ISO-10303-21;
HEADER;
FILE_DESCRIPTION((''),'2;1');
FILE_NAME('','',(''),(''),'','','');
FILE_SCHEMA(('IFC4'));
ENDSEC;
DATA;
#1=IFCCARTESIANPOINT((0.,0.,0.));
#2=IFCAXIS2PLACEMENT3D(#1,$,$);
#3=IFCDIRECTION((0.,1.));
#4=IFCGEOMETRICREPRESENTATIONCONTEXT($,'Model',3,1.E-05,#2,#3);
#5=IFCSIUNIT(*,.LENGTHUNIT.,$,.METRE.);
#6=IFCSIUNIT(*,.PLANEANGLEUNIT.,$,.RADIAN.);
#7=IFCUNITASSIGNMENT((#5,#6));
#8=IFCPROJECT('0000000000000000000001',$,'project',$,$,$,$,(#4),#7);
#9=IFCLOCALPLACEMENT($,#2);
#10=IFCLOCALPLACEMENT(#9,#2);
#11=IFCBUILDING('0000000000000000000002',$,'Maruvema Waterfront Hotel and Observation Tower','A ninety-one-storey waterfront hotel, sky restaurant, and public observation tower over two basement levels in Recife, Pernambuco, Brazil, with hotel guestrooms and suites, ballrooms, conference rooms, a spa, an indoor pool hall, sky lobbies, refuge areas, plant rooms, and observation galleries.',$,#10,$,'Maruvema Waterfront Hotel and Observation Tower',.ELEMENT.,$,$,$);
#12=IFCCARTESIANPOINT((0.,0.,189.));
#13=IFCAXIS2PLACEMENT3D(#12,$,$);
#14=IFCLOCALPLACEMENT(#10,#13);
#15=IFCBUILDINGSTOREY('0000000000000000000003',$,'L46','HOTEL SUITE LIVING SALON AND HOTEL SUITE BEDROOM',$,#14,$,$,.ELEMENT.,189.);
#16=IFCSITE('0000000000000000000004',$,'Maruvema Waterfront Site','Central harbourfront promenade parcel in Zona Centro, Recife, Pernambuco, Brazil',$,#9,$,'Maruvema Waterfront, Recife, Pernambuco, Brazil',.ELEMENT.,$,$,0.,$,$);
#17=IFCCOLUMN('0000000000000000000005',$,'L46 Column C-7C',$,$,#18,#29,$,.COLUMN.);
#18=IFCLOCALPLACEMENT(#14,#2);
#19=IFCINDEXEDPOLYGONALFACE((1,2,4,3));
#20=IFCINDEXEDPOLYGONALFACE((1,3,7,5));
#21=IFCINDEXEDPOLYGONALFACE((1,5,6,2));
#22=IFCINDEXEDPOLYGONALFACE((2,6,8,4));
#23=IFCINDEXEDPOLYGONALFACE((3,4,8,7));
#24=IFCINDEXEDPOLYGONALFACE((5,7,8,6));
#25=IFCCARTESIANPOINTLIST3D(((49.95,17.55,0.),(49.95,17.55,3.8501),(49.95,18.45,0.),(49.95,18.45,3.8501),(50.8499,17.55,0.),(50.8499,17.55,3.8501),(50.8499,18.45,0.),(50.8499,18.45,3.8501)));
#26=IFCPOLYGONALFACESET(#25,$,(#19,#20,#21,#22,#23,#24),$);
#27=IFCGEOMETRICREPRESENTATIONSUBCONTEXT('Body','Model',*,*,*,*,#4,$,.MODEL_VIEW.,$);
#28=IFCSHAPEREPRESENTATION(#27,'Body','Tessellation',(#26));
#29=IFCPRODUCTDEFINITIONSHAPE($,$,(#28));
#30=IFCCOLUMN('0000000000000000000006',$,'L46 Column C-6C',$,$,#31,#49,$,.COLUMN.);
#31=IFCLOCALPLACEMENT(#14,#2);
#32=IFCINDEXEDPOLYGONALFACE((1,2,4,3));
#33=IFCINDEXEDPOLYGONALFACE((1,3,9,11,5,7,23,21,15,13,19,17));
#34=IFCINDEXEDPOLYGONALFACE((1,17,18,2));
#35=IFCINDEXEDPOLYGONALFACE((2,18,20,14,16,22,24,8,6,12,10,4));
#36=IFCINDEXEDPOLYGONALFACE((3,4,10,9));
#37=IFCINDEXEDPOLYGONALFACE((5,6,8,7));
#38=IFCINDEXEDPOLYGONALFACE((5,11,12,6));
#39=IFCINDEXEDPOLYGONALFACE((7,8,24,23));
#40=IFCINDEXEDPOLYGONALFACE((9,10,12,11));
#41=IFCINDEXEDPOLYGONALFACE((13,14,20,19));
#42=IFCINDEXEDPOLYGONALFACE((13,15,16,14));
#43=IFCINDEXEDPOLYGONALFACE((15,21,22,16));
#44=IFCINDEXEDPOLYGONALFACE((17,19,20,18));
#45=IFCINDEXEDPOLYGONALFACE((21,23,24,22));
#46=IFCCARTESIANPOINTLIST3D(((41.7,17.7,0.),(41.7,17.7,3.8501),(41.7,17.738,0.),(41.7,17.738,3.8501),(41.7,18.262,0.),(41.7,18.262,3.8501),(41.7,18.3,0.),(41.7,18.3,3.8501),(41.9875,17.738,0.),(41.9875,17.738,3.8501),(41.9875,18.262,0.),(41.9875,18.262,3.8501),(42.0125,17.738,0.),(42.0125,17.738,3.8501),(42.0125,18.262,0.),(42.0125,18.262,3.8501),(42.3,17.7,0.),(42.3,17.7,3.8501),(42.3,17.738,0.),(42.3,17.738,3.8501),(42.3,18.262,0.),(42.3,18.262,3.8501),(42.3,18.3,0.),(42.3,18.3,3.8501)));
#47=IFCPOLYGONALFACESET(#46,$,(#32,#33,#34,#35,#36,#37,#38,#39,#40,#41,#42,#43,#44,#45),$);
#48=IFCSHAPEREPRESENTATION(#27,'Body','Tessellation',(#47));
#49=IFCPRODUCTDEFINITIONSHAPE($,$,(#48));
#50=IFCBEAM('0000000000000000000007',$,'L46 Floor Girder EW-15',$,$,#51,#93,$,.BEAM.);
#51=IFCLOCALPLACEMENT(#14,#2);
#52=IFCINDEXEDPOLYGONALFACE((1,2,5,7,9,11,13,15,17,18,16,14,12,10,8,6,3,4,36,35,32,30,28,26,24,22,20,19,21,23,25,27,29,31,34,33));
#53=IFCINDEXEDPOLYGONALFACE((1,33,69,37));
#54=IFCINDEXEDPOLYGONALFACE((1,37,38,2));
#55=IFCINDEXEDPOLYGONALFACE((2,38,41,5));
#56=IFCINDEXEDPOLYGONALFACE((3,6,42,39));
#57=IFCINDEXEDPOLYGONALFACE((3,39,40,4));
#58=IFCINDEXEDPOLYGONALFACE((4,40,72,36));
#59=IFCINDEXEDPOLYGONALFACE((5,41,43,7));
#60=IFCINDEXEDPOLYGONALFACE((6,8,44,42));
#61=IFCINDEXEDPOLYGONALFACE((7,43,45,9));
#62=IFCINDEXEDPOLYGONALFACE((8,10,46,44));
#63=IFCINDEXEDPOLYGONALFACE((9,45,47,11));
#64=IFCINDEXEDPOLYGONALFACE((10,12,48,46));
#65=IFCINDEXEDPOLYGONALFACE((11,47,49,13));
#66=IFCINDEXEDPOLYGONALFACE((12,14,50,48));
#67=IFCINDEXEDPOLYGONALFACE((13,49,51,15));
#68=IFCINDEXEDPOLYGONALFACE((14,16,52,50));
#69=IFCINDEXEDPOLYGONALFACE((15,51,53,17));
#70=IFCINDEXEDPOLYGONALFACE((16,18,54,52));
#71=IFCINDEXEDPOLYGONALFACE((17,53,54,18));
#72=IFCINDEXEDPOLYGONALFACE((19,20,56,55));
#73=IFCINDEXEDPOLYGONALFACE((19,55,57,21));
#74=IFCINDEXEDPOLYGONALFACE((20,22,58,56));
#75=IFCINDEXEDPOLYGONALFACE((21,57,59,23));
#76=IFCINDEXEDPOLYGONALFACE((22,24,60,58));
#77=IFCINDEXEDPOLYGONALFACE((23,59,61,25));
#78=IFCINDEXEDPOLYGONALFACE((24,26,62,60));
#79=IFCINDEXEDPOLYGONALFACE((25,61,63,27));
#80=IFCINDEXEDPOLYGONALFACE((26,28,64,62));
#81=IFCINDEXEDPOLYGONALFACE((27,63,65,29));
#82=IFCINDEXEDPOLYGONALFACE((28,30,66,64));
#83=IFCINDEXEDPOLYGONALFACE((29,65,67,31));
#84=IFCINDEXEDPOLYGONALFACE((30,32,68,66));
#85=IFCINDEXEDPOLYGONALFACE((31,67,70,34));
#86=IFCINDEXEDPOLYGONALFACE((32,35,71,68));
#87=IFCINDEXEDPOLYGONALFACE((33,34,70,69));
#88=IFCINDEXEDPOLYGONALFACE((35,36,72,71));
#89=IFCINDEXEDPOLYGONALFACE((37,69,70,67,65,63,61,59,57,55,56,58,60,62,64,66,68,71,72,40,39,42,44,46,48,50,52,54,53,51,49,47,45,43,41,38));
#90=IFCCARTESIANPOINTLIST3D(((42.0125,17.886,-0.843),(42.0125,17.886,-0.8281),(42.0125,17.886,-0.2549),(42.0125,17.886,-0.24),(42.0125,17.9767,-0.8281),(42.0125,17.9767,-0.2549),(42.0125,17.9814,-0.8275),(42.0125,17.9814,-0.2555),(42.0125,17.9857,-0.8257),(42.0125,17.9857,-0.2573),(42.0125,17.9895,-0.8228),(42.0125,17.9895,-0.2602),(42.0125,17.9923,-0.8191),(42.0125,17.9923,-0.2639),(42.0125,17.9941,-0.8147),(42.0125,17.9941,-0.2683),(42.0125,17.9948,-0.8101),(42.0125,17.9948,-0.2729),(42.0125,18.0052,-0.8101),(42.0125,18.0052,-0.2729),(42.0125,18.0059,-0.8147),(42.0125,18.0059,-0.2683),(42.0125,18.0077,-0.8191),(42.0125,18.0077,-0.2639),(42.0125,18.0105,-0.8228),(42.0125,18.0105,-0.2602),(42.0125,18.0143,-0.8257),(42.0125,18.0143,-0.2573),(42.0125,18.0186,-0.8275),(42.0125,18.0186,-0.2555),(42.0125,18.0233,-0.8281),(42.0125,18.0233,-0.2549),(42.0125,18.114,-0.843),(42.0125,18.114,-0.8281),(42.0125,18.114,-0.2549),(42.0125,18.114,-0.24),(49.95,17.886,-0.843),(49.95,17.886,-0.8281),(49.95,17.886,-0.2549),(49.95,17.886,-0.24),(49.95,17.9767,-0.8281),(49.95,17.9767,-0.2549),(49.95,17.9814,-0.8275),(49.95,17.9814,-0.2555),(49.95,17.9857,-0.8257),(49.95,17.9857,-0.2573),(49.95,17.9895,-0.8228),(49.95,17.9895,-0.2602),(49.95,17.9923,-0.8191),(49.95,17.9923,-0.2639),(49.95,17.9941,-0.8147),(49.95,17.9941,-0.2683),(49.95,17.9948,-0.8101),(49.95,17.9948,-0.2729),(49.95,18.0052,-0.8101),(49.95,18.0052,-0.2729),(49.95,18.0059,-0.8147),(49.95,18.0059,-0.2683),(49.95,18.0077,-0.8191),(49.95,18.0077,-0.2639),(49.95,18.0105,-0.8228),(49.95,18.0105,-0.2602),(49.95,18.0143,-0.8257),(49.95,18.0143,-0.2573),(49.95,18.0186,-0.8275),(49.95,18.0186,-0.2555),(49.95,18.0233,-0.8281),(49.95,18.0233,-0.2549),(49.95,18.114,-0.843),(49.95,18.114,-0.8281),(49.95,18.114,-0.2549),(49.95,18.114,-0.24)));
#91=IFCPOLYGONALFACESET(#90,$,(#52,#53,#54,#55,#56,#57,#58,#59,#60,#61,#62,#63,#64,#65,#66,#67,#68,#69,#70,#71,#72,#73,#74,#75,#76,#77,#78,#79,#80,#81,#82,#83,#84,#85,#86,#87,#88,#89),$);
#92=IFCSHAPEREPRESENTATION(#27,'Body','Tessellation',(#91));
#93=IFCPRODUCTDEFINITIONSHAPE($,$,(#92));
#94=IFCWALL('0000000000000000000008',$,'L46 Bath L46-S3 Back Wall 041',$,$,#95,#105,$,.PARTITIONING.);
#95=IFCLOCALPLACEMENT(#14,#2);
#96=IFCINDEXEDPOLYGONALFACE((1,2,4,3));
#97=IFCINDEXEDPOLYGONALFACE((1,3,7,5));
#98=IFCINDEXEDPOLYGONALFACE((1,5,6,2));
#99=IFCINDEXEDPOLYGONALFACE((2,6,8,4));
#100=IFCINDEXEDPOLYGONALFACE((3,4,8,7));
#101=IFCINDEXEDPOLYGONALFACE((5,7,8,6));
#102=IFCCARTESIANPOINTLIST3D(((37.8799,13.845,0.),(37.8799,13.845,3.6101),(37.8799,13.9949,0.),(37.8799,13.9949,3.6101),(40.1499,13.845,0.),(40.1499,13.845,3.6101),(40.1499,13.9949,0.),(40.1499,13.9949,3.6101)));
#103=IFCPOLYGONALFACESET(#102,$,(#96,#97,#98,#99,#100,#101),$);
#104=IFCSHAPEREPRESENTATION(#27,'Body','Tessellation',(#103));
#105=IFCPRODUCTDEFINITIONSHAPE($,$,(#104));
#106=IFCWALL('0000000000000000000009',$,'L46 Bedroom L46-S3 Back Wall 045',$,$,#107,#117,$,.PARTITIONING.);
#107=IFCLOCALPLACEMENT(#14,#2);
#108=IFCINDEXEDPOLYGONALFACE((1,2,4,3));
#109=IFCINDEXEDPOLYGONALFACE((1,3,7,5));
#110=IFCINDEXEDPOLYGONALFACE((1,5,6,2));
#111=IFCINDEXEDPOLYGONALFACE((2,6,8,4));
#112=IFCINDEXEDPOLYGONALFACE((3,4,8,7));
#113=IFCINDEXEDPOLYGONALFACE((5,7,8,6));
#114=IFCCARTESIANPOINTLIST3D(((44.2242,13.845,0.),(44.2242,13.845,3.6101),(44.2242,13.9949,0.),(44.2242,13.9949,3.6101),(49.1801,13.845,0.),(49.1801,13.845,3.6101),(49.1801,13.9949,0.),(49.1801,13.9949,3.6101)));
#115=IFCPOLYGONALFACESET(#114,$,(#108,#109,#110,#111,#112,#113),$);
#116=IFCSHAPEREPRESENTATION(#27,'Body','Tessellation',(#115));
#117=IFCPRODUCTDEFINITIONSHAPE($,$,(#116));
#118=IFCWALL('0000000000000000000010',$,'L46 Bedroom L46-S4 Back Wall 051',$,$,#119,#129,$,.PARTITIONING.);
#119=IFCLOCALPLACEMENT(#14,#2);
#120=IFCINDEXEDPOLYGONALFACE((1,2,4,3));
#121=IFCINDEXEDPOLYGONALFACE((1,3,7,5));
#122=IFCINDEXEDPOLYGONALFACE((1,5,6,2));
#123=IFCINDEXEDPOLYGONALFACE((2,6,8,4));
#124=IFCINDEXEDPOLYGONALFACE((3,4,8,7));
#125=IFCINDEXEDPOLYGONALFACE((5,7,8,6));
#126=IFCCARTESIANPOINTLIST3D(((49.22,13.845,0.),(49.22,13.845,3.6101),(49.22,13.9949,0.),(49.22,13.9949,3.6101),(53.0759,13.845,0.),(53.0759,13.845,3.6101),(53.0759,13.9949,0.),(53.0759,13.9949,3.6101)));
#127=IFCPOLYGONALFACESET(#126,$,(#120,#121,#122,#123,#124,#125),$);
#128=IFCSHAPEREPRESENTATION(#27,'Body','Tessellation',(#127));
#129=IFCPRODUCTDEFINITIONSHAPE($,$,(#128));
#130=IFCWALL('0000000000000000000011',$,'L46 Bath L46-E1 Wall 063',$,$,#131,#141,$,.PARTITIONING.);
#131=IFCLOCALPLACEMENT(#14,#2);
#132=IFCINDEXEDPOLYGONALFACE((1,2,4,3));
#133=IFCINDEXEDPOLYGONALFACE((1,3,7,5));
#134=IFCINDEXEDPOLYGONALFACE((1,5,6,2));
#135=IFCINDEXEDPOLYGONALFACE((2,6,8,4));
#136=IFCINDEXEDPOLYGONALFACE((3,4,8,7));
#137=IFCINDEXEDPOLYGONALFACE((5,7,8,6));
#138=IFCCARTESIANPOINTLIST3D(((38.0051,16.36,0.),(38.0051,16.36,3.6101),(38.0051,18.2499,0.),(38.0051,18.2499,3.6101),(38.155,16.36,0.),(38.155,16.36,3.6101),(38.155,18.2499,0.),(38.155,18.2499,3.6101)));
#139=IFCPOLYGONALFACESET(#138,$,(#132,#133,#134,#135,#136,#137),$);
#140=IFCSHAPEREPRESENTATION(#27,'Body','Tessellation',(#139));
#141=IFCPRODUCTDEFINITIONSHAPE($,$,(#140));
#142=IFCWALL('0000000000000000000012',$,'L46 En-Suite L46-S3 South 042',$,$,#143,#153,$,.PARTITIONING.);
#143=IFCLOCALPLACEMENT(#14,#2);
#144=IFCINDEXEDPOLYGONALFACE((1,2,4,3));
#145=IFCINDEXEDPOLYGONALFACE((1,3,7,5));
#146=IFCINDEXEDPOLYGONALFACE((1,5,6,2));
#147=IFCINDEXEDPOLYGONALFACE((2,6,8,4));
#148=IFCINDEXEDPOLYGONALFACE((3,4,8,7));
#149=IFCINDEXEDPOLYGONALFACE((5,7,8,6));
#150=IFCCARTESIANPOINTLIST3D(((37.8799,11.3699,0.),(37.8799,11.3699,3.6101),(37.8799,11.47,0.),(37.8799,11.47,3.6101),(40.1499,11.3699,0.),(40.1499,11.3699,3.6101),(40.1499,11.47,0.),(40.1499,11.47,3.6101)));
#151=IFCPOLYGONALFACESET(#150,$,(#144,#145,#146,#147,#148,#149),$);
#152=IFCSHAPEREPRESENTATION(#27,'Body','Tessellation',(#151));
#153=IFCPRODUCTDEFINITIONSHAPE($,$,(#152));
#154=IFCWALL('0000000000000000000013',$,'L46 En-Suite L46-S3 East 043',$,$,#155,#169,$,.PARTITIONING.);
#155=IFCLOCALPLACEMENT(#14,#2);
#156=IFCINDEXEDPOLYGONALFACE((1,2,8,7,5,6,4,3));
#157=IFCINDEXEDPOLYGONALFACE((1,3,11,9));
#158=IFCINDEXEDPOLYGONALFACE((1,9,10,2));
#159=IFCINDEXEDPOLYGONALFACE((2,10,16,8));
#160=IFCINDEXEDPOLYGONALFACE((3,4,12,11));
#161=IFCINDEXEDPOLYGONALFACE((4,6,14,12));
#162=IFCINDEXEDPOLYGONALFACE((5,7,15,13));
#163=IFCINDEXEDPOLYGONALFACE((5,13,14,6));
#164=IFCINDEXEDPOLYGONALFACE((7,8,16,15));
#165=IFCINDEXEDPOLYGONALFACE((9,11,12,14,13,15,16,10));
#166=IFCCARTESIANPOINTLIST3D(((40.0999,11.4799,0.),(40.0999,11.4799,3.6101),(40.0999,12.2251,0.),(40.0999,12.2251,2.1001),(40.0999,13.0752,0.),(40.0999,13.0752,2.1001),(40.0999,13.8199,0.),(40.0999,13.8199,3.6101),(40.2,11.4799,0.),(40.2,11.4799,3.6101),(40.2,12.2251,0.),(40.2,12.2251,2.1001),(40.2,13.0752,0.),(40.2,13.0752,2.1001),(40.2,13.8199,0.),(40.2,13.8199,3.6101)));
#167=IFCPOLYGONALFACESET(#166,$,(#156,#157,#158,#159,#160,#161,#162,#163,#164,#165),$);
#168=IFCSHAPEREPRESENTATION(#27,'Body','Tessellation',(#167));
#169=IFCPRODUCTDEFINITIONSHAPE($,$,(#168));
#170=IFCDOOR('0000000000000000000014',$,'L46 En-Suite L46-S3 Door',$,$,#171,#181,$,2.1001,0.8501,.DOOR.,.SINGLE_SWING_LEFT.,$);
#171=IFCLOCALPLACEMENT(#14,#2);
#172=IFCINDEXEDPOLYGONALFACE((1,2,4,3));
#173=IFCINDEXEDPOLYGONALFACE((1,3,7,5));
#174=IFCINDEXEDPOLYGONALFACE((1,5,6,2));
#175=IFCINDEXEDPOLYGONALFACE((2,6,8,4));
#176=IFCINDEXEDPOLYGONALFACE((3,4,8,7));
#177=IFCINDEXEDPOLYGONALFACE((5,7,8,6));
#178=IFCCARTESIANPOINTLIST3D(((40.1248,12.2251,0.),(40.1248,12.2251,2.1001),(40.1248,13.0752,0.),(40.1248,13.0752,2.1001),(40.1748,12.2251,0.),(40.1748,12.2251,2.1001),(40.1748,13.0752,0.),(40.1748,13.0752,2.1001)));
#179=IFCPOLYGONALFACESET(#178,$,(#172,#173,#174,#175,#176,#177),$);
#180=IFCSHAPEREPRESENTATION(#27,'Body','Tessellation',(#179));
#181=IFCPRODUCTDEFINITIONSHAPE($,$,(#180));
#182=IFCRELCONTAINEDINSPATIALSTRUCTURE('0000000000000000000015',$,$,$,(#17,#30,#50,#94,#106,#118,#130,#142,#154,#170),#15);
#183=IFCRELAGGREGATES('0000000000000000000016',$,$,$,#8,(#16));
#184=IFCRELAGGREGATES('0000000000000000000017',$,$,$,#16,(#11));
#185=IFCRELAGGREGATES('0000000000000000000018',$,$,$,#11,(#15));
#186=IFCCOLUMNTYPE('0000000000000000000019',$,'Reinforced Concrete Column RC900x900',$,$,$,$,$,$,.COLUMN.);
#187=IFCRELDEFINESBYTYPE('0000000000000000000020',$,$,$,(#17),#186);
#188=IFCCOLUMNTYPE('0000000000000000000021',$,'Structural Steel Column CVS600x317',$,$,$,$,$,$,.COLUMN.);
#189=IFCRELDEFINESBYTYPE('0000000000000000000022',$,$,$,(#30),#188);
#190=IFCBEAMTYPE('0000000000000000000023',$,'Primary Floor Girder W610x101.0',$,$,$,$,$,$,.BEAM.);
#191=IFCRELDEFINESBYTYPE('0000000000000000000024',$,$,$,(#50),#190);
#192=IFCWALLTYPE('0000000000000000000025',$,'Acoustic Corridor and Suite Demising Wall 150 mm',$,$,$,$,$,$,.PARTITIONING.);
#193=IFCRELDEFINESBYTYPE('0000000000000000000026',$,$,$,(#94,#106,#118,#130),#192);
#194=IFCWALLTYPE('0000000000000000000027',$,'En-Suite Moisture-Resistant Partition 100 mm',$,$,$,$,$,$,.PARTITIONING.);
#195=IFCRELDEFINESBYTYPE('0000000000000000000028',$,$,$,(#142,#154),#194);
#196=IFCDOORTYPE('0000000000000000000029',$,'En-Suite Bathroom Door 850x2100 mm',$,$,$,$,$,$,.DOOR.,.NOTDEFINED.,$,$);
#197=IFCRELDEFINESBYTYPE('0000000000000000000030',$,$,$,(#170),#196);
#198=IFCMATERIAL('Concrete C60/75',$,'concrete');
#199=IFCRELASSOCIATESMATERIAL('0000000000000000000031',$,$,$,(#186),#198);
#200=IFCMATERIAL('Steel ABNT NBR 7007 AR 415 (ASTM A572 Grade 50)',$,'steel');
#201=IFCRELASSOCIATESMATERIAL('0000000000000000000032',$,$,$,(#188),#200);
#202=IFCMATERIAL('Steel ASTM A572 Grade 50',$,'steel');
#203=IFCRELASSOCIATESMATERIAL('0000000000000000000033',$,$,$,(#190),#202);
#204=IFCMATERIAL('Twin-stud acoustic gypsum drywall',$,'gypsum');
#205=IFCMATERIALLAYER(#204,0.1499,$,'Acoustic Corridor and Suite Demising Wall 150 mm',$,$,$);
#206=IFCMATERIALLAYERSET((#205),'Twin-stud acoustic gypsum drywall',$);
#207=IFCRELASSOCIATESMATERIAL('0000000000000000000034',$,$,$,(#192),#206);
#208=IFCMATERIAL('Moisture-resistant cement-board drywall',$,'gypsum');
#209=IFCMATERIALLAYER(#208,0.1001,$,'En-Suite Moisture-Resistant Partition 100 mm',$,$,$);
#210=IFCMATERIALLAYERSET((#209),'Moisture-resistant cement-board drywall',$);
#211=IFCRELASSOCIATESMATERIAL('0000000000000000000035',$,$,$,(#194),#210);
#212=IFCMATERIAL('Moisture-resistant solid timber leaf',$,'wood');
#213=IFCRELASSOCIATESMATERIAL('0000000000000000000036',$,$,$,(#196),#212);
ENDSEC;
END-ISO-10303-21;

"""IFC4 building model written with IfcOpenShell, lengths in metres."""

from ifc_helpers import new_model, si_unit, direction, frame, frame_2d, origin, origin_2d, place, context, subcontext, project, spatial, rectangle, i_section, extrude, material, layer, layer_set, material_profile, profile_set, type_object, element, fill, save


model = new_model("IFC4")

# Units and contexts
model_context = context("Model", 3, precision=1e-05, world=origin(), true_north=direction((0.0, 1.0)))
body_context = subcontext(model_context, "Body", "Model", "MODEL_VIEW")
ifc_project = project(units=[si_unit("LENGTHUNIT", "METRE"), si_unit("PLANEANGLEUNIT", "RADIAN")], contexts=[model_context])

# Site, building, storey
site_placement = place(None, origin())
site = spatial("IfcSite", under=ifc_project, at=site_placement, Name="Maruvema Waterfront Site", Description="Central harbourfront promenade parcel in Zona Centro, Recife, Pernambuco, Brazil", LongName="Maruvema Waterfront, Recife, Pernambuco, Brazil", CompositionType="ELEMENT", RefElevation=0.0)
building_placement = place(site_placement, origin())
building = spatial("IfcBuilding", under=site, at=building_placement, Name="Maruvema Waterfront Hotel and Observation Tower", Description="A ninety-one-storey waterfront hotel, sky restaurant, and public observation tower over two basement levels in Recife, Pernambuco, Brazil, with hotel guestrooms and suites, ballrooms, conference rooms, a spa, an indoor pool hall, sky lobbies, refuge areas, plant rooms, and observation galleries.", LongName="Maruvema Waterfront Hotel and Observation Tower", CompositionType="ELEMENT")
storey_placement = place(building_placement, frame((0.0, 0.0, 189.0)))
storey = spatial("IfcBuildingStorey", under=building, at=storey_placement, Name="L46", Description="HOTEL SUITE LIVING SALON AND HOTEL SUITE BEDROOM", CompositionType="ELEMENT", Elevation=189.0)

# Columns
ifc_material_1 = material(Name="Concrete C60/75", Category="concrete")
ifc_material_profile_1 = material_profile(ifc_material_1, rectangle(XDim=0.8999, YDim=0.8999, at=origin_2d()), Name="RC900x900")
ifc_profile_set_1 = profile_set([ifc_material_profile_1], Name="Concrete C60/75")
column_type_1 = type_object("IfcColumnType", Name="Reinforced Concrete Column RC900x900", PredefinedType="COLUMN", material=ifc_profile_set_1)
column_1_placement = place(storey_placement, frame((50.3999, 18.0, 0.0), z_axis=(0.0, 0.0, 1.0), x_axis=(1.0, 0.0, 0.0)))
element("IfcColumn", 1, at=column_1_placement, inside=storey, type_object=column_type_1, Name="L46 Column C-7C", PredefinedType="COLUMN", context=body_context, shape_type="SweptSolid", body=[
    extrude(rectangle(XDim=0.8999, YDim=0.8999, at=origin_2d()), origin(), (0.0, 0.0, 1.0), 3.8501),
])
ifc_material_2 = material(Name="Steel ABNT NBR 7007 AR 415 (ASTM A572 Grade 50)", Category="steel")
ifc_material_profile_2 = material_profile(ifc_material_2, i_section(OverallWidth=0.6001, OverallDepth=0.6001, WebThickness=0.0249, FlangeThickness=0.0381, at=origin_2d()), Name="CVS600x317")
ifc_profile_set_2 = profile_set([ifc_material_profile_2], Name="Steel ABNT NBR 7007 AR 415 (ASTM A572 Grade 50)")
column_type_2 = type_object("IfcColumnType", Name="Structural Steel Column CVS600x317", PredefinedType="COLUMN", material=ifc_profile_set_2)
column_2_placement = place(storey_placement, frame((42.0, 18.0, 0.0), z_axis=(0.0, 0.0, 1.0), x_axis=(1.0, 0.0, 0.0)))
element("IfcColumn", 2, at=column_2_placement, inside=storey, type_object=column_type_2, Name="L46 Column C-6C", PredefinedType="COLUMN", context=body_context, shape_type="SweptSolid", body=[
    extrude(i_section(OverallWidth=0.6001, OverallDepth=0.6001, WebThickness=0.0249, FlangeThickness=0.0381, at=origin_2d()), origin(), (0.0, 0.0, 1.0), 3.8501),
])

# Beam
ifc_material_3 = material(Name="Steel ASTM A572 Grade 50", Category="steel")
ifc_material_profile_3 = material_profile(ifc_material_3, i_section(OverallWidth=0.228, OverallDepth=0.603, WebThickness=0.0105, FlangeThickness=0.0149, FilletRadius=0.0181, at=origin_2d()), Name="W610x101.0")
ifc_profile_set_3 = profile_set([ifc_material_profile_3], Name="Steel ASTM A572 Grade 50")
beam_type = type_object("IfcBeamType", Name="Primary Floor Girder W610x101.0", PredefinedType="BEAM", material=ifc_profile_set_3)
beam_placement = place(storey_placement, frame((42.0125, 18.0, -0.5415), z_axis=(1.0, 0.0, 0.0), x_axis=(0.0, 1.0, 0.0)))
element("IfcBeam", 3, at=beam_placement, inside=storey, type_object=beam_type, Name="L46 Floor Girder EW-15", PredefinedType="BEAM", context=body_context, shape_type="SweptSolid", body=[
    extrude(i_section(OverallWidth=0.228, OverallDepth=0.603, WebThickness=0.0105, FlangeThickness=0.0149, FilletRadius=0.0181, at=origin_2d()), origin(), (0.0, 0.0, 1.0), 7.9375),
])

# Wall
ifc_material_4 = material(Name="Twin-stud acoustic gypsum drywall", Category="gypsum")
ifc_layer_1 = layer(ifc_material_4, 0.1499, Name="Acoustic Corridor and Suite Demising Wall 150 mm")
ifc_layer_set_1 = layer_set([ifc_layer_1], Name="Twin-stud acoustic gypsum drywall")
wall_type_1 = type_object("IfcWallType", Name="Acoustic Corridor and Suite Demising Wall 150 mm", PredefinedType="PARTITIONING", material=ifc_layer_set_1)
wall_1_placement = place(storey_placement, frame((37.8799, 13.9199, 0.0), z_axis=(0.0, 0.0, 1.0), x_axis=(1.0, 0.0, 0.0)))
element("IfcWall", 4, at=wall_1_placement, inside=storey, type_object=wall_type_1, Name="L46 Bath L46-S3 Back Wall 041", PredefinedType="PARTITIONING", context=body_context, shape_type="SweptSolid", body=[
    extrude(rectangle(XDim=2.27, YDim=0.1499, at=frame_2d((1.135, 0.0))), origin(), (0.0, 0.0, 1.0), 3.6101),
])

# Walls
wall_2_placement = place(storey_placement, frame((44.2241, 13.9199, 0.0), z_axis=(0.0, 0.0, 1.0), x_axis=(1.0, 0.0, 0.0)))
element("IfcWall", 5, at=wall_2_placement, inside=storey, type_object=wall_type_1, Name="L46 Bedroom L46-S3 Back Wall 045", PredefinedType="PARTITIONING", context=body_context, shape_type="SweptSolid", body=[
    extrude(rectangle(XDim=4.9558, YDim=0.1499, at=frame_2d((2.478, 0.0))), origin(), (0.0, 0.0, 1.0), 3.6101),
])
wall_3_placement = place(storey_placement, frame((49.22, 13.9199, 0.0), z_axis=(0.0, 0.0, 1.0), x_axis=(1.0, 0.0, 0.0)))
element("IfcWall", 6, at=wall_3_placement, inside=storey, type_object=wall_type_1, Name="L46 Bedroom L46-S4 Back Wall 051", PredefinedType="PARTITIONING", context=body_context, shape_type="SweptSolid", body=[
    extrude(rectangle(XDim=3.856, YDim=0.1499, at=frame_2d((1.928, 0.0))), origin(), (0.0, 0.0, 1.0), 3.6101),
])
wall_4_placement = place(storey_placement, frame((38.0801, 16.3601, 0.0), z_axis=(0.0, 0.0, 1.0), x_axis=(0.0, 1.0, 0.0)))
element("IfcWall", 7, at=wall_4_placement, inside=storey, type_object=wall_type_1, Name="L46 Bath L46-E1 Wall 063", PredefinedType="PARTITIONING", context=body_context, shape_type="SweptSolid", body=[
    extrude(rectangle(XDim=1.8899, YDim=0.1499, at=frame_2d((0.9448, 0.0))), origin(), (0.0, 0.0, 1.0), 3.6101),
])

# Wall
ifc_material_5 = material(Name="Moisture-resistant cement-board drywall", Category="gypsum")
ifc_layer_2 = layer(ifc_material_5, 0.1001, Name="En-Suite Moisture-Resistant Partition 100 mm")
ifc_layer_set_2 = layer_set([ifc_layer_2], Name="Moisture-resistant cement-board drywall")
wall_type_2 = type_object("IfcWallType", Name="En-Suite Moisture-Resistant Partition 100 mm", PredefinedType="PARTITIONING", material=ifc_layer_set_2)
wall_5_placement = place(storey_placement, frame((37.8799, 11.4199, 0.0), z_axis=(0.0, 0.0, 1.0), x_axis=(1.0, 0.0, 0.0)))
element("IfcWall", 8, at=wall_5_placement, inside=storey, type_object=wall_type_2, Name="L46 En-Suite L46-S3 South 042", PredefinedType="PARTITIONING", context=body_context, shape_type="SweptSolid", body=[
    extrude(rectangle(XDim=2.27, YDim=0.1001, at=frame_2d((1.135, 0.0))), origin(), (0.0, 0.0, 1.0), 3.6101),
])

# Wall, opening, door
wall_6_placement = place(storey_placement, frame((40.1499, 11.48, 0.0), z_axis=(0.0, 0.0, 1.0), x_axis=(0.0, 1.0, 0.0)))
wall_6 = element("IfcWall", 9, at=wall_6_placement, inside=storey, type_object=wall_type_2, Name="L46 En-Suite L46-S3 East 043", PredefinedType="PARTITIONING", context=body_context, shape_type="SweptSolid", body=[
    extrude(rectangle(XDim=2.3401, YDim=0.1001, at=frame_2d((1.1699, 0.0))), origin(), (0.0, 0.0, 1.0), 3.6101),
])
opening_1_placement = place(wall_6_placement, frame((0.7451, 0.0, 0.0)))
opening_1 = element("IfcOpeningElement", 10, at=opening_1_placement, cuts=wall_6, PredefinedType="OPENING", context=body_context, shape_type="SweptSolid", body=[
    extrude(rectangle(XDim=0.8501, YDim=2.1001, at=frame_2d((0.425, 1.05))), frame((0.0, 0.0601, 0.0), z_axis=(0.0, -1.0, 0.0), x_axis=(1.0, 0.0, 0.0)), (0.0, 0.0, 1.0), 0.1201),
])
ifc_material_6 = material(Name="Moisture-resistant solid timber leaf", Category="wood")
door_type_1 = type_object("IfcDoorType", Name="En-Suite Bathroom Door 850x2100 mm", OperationType="NOTDEFINED", PredefinedType="DOOR", material=ifc_material_6)
door_1_placement = place(opening_1_placement, frame((0.8501, 0.0, 0.0), z_axis=(0.0, 0.0, 1.0), x_axis=(-1.0, 0.0, 0.0)))
door_1 = element("IfcDoor", 11, at=door_1_placement, inside=storey, type_object=door_type_1, Name="L46 En-Suite L46-S3 Door", OperationType="SINGLE_SWING_LEFT", OverallHeight=2.1001, OverallWidth=0.8501, PredefinedType="DOOR", context=body_context, shape_type="SweptSolid", body=[
    extrude(rectangle(XDim=0.8501, YDim=2.1001, at=frame_2d((0.425, 1.05))), frame((0.0, 0.0249, 0.0), z_axis=(0.0, -1.0, 0.0), x_axis=(1.0, 0.0, 0.0)), (0.0, 0.0, 1.0), 0.05),
])
fill(opening_1, door_1)

save(model, "model.ifc")
